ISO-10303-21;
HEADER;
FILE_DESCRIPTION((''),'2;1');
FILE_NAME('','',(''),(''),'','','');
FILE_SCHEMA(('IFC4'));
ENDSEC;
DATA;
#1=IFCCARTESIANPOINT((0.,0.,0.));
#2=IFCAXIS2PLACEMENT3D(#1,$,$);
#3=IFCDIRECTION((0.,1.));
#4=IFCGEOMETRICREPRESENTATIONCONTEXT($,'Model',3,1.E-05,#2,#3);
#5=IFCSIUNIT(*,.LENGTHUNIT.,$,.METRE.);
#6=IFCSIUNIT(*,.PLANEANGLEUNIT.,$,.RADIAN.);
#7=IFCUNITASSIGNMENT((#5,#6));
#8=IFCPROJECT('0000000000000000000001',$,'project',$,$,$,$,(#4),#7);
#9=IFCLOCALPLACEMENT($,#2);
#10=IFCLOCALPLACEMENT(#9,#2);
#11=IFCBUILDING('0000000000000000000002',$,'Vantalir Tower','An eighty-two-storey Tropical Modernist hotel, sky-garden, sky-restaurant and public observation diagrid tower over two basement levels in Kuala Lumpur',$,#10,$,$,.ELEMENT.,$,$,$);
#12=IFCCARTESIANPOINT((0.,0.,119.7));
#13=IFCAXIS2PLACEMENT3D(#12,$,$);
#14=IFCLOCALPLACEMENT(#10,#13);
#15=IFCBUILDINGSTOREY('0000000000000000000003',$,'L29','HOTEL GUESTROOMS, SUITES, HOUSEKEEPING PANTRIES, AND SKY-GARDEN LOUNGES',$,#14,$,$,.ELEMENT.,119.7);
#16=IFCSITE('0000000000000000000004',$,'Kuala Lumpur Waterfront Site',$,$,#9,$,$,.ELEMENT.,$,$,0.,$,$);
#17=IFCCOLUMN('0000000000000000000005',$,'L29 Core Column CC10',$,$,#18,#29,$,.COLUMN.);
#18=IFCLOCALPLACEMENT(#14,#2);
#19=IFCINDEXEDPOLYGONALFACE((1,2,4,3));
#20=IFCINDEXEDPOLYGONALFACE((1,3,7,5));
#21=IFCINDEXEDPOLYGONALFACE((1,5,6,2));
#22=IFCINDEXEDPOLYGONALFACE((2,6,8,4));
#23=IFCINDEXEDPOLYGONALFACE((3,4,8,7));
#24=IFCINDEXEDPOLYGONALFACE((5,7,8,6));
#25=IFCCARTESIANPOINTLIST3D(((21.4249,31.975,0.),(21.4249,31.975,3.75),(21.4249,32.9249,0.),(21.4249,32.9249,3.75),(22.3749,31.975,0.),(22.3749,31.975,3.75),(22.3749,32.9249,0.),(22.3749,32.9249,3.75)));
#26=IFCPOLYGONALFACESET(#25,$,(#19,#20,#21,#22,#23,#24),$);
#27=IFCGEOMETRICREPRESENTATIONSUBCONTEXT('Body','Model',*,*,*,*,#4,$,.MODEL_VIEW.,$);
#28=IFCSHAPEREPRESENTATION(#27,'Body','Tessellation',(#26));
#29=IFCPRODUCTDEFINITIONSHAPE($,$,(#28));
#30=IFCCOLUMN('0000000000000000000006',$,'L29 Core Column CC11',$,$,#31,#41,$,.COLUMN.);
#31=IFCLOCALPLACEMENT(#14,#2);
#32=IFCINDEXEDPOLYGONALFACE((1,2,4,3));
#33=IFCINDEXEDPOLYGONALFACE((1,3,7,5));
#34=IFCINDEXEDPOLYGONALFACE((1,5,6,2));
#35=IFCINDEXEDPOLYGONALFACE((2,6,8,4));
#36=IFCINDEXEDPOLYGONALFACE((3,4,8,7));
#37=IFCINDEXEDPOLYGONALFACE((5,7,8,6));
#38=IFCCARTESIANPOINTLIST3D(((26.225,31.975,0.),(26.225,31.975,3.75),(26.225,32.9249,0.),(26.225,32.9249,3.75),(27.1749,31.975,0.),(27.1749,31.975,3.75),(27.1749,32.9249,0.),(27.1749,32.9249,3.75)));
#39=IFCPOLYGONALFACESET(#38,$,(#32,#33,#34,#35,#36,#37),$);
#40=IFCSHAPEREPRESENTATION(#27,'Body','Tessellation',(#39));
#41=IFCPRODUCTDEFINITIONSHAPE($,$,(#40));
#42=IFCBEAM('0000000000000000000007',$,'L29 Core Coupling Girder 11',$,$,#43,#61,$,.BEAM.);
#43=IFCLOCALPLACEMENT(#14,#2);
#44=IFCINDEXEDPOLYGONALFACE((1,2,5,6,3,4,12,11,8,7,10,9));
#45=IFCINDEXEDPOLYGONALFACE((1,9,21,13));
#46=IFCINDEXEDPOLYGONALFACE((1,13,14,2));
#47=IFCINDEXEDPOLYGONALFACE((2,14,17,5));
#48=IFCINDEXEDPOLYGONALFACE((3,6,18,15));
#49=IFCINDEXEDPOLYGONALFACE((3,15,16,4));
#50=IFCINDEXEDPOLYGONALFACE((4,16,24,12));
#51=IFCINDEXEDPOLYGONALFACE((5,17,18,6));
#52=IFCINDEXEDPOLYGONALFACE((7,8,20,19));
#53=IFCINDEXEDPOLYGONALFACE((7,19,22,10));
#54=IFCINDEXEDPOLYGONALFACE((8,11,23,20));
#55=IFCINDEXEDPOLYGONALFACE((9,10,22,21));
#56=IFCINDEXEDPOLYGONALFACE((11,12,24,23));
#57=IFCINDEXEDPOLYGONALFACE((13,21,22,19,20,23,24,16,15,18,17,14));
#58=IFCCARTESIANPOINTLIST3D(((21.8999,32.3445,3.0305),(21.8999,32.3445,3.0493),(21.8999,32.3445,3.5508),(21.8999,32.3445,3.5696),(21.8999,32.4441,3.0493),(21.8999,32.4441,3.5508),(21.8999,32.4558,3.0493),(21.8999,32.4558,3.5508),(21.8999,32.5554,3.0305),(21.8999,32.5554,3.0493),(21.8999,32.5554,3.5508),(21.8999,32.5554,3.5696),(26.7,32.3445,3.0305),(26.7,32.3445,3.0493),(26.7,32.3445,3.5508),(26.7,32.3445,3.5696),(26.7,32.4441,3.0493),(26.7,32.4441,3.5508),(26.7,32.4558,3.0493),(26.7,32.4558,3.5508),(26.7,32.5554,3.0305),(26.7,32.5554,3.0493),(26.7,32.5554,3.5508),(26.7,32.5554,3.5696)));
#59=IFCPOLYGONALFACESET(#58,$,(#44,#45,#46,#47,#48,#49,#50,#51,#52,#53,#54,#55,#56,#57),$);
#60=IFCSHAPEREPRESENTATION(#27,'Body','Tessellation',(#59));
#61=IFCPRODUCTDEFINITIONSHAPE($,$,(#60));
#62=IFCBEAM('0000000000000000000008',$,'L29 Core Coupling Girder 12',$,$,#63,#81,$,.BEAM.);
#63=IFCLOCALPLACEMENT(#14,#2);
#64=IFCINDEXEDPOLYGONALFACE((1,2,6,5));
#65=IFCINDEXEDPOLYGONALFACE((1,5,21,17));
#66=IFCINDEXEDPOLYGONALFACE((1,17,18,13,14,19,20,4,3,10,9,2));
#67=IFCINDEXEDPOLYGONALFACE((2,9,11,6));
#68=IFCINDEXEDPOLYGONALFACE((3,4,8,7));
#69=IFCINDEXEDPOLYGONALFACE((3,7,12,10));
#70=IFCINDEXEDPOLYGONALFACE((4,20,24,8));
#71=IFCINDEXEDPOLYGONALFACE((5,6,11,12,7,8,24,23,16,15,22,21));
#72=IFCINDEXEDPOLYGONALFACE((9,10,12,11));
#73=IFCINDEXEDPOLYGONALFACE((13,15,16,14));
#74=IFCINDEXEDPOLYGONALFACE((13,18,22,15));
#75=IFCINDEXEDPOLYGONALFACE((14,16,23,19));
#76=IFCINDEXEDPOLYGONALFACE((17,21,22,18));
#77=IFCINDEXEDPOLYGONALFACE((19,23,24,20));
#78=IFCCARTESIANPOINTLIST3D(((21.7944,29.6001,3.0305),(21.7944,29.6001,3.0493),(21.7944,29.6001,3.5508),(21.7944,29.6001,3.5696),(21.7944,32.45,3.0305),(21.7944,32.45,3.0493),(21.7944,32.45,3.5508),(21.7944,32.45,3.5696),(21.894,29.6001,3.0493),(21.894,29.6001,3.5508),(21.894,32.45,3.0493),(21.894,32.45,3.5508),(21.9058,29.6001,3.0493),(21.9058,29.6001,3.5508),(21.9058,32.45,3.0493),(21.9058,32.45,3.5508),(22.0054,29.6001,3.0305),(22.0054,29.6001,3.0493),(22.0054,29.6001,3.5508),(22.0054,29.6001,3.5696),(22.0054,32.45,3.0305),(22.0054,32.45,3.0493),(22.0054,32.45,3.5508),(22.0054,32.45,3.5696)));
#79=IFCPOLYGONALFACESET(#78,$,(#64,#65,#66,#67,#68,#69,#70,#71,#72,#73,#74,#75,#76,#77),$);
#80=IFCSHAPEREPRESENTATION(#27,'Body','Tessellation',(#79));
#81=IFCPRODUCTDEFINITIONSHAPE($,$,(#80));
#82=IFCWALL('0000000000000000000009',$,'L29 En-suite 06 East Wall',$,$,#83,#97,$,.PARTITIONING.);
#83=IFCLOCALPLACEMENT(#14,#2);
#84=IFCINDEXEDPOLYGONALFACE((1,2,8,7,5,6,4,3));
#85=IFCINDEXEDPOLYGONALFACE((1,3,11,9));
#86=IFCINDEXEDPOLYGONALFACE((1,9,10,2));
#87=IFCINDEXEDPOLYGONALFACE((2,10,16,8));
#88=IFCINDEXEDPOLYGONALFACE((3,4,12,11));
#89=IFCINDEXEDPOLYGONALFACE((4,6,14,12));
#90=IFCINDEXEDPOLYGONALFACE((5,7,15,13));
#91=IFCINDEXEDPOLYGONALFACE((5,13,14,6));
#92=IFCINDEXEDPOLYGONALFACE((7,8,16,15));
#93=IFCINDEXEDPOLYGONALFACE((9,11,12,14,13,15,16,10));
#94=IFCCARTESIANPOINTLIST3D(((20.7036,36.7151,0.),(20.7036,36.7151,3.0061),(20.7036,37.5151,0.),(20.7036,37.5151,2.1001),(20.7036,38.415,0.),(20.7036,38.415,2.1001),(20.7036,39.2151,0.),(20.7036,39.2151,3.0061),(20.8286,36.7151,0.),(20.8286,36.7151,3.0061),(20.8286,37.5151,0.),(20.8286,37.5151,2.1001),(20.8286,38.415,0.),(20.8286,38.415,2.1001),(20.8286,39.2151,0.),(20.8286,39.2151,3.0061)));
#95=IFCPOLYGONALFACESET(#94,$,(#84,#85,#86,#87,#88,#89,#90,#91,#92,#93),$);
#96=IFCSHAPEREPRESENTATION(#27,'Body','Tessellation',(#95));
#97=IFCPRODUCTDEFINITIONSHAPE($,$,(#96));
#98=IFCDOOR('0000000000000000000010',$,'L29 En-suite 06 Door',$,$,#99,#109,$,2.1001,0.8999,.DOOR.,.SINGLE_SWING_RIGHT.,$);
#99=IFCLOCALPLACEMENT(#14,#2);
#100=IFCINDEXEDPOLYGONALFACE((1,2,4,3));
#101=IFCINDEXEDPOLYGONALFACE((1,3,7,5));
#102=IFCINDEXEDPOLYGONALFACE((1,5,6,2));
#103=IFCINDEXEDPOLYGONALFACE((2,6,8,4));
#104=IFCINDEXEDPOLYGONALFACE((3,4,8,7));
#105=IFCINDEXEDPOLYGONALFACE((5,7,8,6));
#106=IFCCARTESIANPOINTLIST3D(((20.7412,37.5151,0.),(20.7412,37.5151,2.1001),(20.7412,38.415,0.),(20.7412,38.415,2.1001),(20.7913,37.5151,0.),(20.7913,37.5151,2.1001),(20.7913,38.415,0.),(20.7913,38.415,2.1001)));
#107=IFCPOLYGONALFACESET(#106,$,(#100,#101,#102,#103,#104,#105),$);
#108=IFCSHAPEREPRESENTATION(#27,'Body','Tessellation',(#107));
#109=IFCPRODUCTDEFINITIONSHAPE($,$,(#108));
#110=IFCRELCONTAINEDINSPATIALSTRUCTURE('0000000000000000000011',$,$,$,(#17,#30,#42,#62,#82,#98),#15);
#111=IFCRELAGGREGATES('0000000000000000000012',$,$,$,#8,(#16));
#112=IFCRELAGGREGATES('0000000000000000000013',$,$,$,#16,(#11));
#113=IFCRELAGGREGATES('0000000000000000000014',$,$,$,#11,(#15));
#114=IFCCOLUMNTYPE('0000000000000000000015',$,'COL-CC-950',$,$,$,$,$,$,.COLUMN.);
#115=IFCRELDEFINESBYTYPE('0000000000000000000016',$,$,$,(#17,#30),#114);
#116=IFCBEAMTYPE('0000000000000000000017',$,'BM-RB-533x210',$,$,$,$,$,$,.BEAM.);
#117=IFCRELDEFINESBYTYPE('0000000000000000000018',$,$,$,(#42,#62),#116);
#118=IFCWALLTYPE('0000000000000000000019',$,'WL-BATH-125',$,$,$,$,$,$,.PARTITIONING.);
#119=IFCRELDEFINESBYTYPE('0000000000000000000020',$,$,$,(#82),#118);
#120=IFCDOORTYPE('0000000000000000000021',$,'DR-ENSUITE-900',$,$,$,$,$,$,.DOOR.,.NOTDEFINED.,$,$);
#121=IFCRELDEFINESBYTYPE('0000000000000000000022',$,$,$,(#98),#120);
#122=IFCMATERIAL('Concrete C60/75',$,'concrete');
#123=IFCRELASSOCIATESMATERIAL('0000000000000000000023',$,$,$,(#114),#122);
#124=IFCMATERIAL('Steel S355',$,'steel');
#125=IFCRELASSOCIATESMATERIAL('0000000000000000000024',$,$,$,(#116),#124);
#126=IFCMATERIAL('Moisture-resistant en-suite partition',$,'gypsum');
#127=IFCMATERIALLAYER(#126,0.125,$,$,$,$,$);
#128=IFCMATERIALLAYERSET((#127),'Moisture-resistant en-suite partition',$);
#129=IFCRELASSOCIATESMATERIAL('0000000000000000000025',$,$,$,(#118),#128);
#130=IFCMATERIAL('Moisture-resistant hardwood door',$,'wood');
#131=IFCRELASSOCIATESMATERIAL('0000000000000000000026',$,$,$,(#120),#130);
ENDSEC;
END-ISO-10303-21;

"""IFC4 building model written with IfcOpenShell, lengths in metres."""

from ifc_helpers import new_model, si_unit, direction, frame, frame_2d, origin, origin_2d, place, context, subcontext, project, spatial, rectangle, i_section, extrude, material, layer, layer_set, material_profile, profile_set, type_object, element, fill, save


model = new_model("IFC4")

# Units and contexts
model_context = context("Model", 3, precision=1e-05, world=origin(), true_north=direction((0.0, 1.0)))
body_context = subcontext(model_context, "Body", "Model", "MODEL_VIEW")
ifc_project = project(units=[si_unit("LENGTHUNIT", "METRE"), si_unit("PLANEANGLEUNIT", "RADIAN")], contexts=[model_context])

# Site, building, storey
site_placement = place(None, origin())
site = spatial("IfcSite", under=ifc_project, at=site_placement, Name="Kuala Lumpur Waterfront Site", CompositionType="ELEMENT", RefElevation=0.0)
building_placement = place(site_placement, origin())
building = spatial("IfcBuilding", under=site, at=building_placement, Name="Vantalir Tower", Description="An eighty-two-storey Tropical Modernist hotel, sky-garden, sky-restaurant and public observation diagrid tower over two basement levels in Kuala Lumpur", CompositionType="ELEMENT")
storey_placement = place(building_placement, frame((0.0, 0.0, 119.7)))
storey = spatial("IfcBuildingStorey", under=building, at=storey_placement, Name="L29", Description="HOTEL GUESTROOMS, SUITES, HOUSEKEEPING PANTRIES, AND SKY-GARDEN LOUNGES", CompositionType="ELEMENT", Elevation=119.7)

# Columns
ifc_material_1 = material(Name="Concrete C60/75", Category="concrete")
ifc_material_profile_1 = material_profile(ifc_material_1, rectangle(XDim=0.95, YDim=0.95, at=origin_2d()), Name="Concrete C60/75")
ifc_profile_set_1 = profile_set([ifc_material_profile_1], Name="Concrete C60/75")
column_type = type_object("IfcColumnType", Name="COL-CC-950", PredefinedType="COLUMN", material=ifc_profile_set_1)
for number, where, z_axis, x_axis, name in (
    (1, (21.8999, 32.45, 0.0), (0.0, 0.0, 1.0), (1.0, 0.0, 0.0), "L29 Core Column CC10"),
    (2, (26.7, 32.45, 0.0), (0.0, 0.0, 1.0), (1.0, 0.0, 0.0), "L29 Core Column CC11"),
):
    element("IfcColumn", number, at=place(storey_placement, frame(where, z_axis=z_axis, x_axis=x_axis)), inside=storey, type_object=column_type, Name=name, PredefinedType="COLUMN", context=body_context, shape_type="SweptSolid", body=[
        extrude(rectangle(XDim=0.95, YDim=0.95, at=origin_2d()), origin(), (0.0, 0.0, 1.0), 3.75),
    ])

# Beams
ifc_material_2 = material(Name="Steel S355", Category="steel")
ifc_material_profile_2 = material_profile(ifc_material_2, i_section(OverallWidth=0.2109, OverallDepth=0.5391, WebThickness=0.0117, FlangeThickness=0.0188, at=origin_2d()), Name="Steel S355")
ifc_profile_set_2 = profile_set([ifc_material_profile_2], Name="Steel S355")
beam_type = type_object("IfcBeamType", Name="BM-RB-533x210", PredefinedType="BEAM", material=ifc_profile_set_2)
beam_1_placement = place(storey_placement, frame((26.7, 32.45, 3.3), z_axis=(-1.0, 0.0, 0.0), x_axis=(0.0, -1.0, 0.0)))
element("IfcBeam", 3, at=beam_1_placement, inside=storey, type_object=beam_type, Name="L29 Core Coupling Girder 11", PredefinedType="BEAM", context=body_context, shape_type="SweptSolid", body=[
    extrude(i_section(OverallWidth=0.2109, OverallDepth=0.5391, WebThickness=0.0117, FlangeThickness=0.0188, at=origin_2d()), origin(), (0.0, 0.0, 1.0), 4.8),
])
beam_2_placement = place(storey_placement, frame((21.8999, 32.45, 3.3), z_axis=(0.0, -1.0, 0.0), x_axis=(1.0, 0.0, 0.0)))
element("IfcBeam", 4, at=beam_2_placement, inside=storey, type_object=beam_type, Name="L29 Core Coupling Girder 12", PredefinedType="BEAM", context=body_context, shape_type="SweptSolid", body=[
    extrude(i_section(OverallWidth=0.2109, OverallDepth=0.5391, WebThickness=0.0117, FlangeThickness=0.0188, at=origin_2d()), origin(), (0.0, 0.0, 1.0), 2.8499),
])

# Wall, opening, door
ifc_material_3 = material(Name="Moisture-resistant en-suite partition", Category="gypsum")
ifc_layer_1 = layer(ifc_material_3, 0.125)
ifc_layer_set_1 = layer_set([ifc_layer_1], Name="Moisture-resistant en-suite partition")
wall_type_1 = type_object("IfcWallType", Name="WL-BATH-125", PredefinedType="PARTITIONING", material=ifc_layer_set_1)
wall_1_placement = place(storey_placement, frame((20.7661, 36.7151, 0.0), z_axis=(0.0, 0.0, 1.0), x_axis=(0.0, 1.0, 0.0)))
wall_1 = element("IfcWall", 5, at=wall_1_placement, inside=storey, type_object=wall_type_1, Name="L29 En-suite 06 East Wall", PredefinedType="PARTITIONING", context=body_context, shape_type="SweptSolid", body=[
    extrude(rectangle(XDim=2.5, YDim=0.125, at=frame_2d((1.25, 0.0))), origin(), (0.0, 0.0, 1.0), 3.0061),
])
opening_1_placement = place(wall_1_placement, frame((0.8, 0.0, 0.0)))
opening_1 = element("IfcOpeningElement", 6, at=opening_1_placement, cuts=wall_1, PredefinedType="OPENING", context=body_context, shape_type="SweptSolid", body=[
    extrude(rectangle(XDim=0.8999, YDim=2.1001, at=frame_2d((0.45, 1.05))), frame((0.0, 0.0725, 0.0), z_axis=(0.0, -1.0, 0.0), x_axis=(1.0, 0.0, 0.0)), (0.0, 0.0, 1.0), 0.145),
])
ifc_material_4 = material(Name="Moisture-resistant hardwood door", Category="wood")
door_type_1 = type_object("IfcDoorType", Name="DR-ENSUITE-900", OperationType="NOTDEFINED", PredefinedType="DOOR", material=ifc_material_4)
door_1_placement = place(opening_1_placement, origin())
door_1 = element("IfcDoor", 7, at=door_1_placement, inside=storey, type_object=door_type_1, Name="L29 En-suite 06 Door", OperationType="SINGLE_SWING_RIGHT", OverallHeight=2.1001, OverallWidth=0.8999, PredefinedType="DOOR", context=body_context, shape_type="SweptSolid", body=[
    extrude(rectangle(XDim=0.8999, YDim=2.1001, at=frame_2d((0.45, 1.05))), frame((0.0, 0.0249, 0.0), z_axis=(0.0, -1.0, 0.0), x_axis=(1.0, 0.0, 0.0)), (0.0, 0.0, 1.0), 0.05),
])
fill(opening_1, door_1)

save(model, "model.ifc")
